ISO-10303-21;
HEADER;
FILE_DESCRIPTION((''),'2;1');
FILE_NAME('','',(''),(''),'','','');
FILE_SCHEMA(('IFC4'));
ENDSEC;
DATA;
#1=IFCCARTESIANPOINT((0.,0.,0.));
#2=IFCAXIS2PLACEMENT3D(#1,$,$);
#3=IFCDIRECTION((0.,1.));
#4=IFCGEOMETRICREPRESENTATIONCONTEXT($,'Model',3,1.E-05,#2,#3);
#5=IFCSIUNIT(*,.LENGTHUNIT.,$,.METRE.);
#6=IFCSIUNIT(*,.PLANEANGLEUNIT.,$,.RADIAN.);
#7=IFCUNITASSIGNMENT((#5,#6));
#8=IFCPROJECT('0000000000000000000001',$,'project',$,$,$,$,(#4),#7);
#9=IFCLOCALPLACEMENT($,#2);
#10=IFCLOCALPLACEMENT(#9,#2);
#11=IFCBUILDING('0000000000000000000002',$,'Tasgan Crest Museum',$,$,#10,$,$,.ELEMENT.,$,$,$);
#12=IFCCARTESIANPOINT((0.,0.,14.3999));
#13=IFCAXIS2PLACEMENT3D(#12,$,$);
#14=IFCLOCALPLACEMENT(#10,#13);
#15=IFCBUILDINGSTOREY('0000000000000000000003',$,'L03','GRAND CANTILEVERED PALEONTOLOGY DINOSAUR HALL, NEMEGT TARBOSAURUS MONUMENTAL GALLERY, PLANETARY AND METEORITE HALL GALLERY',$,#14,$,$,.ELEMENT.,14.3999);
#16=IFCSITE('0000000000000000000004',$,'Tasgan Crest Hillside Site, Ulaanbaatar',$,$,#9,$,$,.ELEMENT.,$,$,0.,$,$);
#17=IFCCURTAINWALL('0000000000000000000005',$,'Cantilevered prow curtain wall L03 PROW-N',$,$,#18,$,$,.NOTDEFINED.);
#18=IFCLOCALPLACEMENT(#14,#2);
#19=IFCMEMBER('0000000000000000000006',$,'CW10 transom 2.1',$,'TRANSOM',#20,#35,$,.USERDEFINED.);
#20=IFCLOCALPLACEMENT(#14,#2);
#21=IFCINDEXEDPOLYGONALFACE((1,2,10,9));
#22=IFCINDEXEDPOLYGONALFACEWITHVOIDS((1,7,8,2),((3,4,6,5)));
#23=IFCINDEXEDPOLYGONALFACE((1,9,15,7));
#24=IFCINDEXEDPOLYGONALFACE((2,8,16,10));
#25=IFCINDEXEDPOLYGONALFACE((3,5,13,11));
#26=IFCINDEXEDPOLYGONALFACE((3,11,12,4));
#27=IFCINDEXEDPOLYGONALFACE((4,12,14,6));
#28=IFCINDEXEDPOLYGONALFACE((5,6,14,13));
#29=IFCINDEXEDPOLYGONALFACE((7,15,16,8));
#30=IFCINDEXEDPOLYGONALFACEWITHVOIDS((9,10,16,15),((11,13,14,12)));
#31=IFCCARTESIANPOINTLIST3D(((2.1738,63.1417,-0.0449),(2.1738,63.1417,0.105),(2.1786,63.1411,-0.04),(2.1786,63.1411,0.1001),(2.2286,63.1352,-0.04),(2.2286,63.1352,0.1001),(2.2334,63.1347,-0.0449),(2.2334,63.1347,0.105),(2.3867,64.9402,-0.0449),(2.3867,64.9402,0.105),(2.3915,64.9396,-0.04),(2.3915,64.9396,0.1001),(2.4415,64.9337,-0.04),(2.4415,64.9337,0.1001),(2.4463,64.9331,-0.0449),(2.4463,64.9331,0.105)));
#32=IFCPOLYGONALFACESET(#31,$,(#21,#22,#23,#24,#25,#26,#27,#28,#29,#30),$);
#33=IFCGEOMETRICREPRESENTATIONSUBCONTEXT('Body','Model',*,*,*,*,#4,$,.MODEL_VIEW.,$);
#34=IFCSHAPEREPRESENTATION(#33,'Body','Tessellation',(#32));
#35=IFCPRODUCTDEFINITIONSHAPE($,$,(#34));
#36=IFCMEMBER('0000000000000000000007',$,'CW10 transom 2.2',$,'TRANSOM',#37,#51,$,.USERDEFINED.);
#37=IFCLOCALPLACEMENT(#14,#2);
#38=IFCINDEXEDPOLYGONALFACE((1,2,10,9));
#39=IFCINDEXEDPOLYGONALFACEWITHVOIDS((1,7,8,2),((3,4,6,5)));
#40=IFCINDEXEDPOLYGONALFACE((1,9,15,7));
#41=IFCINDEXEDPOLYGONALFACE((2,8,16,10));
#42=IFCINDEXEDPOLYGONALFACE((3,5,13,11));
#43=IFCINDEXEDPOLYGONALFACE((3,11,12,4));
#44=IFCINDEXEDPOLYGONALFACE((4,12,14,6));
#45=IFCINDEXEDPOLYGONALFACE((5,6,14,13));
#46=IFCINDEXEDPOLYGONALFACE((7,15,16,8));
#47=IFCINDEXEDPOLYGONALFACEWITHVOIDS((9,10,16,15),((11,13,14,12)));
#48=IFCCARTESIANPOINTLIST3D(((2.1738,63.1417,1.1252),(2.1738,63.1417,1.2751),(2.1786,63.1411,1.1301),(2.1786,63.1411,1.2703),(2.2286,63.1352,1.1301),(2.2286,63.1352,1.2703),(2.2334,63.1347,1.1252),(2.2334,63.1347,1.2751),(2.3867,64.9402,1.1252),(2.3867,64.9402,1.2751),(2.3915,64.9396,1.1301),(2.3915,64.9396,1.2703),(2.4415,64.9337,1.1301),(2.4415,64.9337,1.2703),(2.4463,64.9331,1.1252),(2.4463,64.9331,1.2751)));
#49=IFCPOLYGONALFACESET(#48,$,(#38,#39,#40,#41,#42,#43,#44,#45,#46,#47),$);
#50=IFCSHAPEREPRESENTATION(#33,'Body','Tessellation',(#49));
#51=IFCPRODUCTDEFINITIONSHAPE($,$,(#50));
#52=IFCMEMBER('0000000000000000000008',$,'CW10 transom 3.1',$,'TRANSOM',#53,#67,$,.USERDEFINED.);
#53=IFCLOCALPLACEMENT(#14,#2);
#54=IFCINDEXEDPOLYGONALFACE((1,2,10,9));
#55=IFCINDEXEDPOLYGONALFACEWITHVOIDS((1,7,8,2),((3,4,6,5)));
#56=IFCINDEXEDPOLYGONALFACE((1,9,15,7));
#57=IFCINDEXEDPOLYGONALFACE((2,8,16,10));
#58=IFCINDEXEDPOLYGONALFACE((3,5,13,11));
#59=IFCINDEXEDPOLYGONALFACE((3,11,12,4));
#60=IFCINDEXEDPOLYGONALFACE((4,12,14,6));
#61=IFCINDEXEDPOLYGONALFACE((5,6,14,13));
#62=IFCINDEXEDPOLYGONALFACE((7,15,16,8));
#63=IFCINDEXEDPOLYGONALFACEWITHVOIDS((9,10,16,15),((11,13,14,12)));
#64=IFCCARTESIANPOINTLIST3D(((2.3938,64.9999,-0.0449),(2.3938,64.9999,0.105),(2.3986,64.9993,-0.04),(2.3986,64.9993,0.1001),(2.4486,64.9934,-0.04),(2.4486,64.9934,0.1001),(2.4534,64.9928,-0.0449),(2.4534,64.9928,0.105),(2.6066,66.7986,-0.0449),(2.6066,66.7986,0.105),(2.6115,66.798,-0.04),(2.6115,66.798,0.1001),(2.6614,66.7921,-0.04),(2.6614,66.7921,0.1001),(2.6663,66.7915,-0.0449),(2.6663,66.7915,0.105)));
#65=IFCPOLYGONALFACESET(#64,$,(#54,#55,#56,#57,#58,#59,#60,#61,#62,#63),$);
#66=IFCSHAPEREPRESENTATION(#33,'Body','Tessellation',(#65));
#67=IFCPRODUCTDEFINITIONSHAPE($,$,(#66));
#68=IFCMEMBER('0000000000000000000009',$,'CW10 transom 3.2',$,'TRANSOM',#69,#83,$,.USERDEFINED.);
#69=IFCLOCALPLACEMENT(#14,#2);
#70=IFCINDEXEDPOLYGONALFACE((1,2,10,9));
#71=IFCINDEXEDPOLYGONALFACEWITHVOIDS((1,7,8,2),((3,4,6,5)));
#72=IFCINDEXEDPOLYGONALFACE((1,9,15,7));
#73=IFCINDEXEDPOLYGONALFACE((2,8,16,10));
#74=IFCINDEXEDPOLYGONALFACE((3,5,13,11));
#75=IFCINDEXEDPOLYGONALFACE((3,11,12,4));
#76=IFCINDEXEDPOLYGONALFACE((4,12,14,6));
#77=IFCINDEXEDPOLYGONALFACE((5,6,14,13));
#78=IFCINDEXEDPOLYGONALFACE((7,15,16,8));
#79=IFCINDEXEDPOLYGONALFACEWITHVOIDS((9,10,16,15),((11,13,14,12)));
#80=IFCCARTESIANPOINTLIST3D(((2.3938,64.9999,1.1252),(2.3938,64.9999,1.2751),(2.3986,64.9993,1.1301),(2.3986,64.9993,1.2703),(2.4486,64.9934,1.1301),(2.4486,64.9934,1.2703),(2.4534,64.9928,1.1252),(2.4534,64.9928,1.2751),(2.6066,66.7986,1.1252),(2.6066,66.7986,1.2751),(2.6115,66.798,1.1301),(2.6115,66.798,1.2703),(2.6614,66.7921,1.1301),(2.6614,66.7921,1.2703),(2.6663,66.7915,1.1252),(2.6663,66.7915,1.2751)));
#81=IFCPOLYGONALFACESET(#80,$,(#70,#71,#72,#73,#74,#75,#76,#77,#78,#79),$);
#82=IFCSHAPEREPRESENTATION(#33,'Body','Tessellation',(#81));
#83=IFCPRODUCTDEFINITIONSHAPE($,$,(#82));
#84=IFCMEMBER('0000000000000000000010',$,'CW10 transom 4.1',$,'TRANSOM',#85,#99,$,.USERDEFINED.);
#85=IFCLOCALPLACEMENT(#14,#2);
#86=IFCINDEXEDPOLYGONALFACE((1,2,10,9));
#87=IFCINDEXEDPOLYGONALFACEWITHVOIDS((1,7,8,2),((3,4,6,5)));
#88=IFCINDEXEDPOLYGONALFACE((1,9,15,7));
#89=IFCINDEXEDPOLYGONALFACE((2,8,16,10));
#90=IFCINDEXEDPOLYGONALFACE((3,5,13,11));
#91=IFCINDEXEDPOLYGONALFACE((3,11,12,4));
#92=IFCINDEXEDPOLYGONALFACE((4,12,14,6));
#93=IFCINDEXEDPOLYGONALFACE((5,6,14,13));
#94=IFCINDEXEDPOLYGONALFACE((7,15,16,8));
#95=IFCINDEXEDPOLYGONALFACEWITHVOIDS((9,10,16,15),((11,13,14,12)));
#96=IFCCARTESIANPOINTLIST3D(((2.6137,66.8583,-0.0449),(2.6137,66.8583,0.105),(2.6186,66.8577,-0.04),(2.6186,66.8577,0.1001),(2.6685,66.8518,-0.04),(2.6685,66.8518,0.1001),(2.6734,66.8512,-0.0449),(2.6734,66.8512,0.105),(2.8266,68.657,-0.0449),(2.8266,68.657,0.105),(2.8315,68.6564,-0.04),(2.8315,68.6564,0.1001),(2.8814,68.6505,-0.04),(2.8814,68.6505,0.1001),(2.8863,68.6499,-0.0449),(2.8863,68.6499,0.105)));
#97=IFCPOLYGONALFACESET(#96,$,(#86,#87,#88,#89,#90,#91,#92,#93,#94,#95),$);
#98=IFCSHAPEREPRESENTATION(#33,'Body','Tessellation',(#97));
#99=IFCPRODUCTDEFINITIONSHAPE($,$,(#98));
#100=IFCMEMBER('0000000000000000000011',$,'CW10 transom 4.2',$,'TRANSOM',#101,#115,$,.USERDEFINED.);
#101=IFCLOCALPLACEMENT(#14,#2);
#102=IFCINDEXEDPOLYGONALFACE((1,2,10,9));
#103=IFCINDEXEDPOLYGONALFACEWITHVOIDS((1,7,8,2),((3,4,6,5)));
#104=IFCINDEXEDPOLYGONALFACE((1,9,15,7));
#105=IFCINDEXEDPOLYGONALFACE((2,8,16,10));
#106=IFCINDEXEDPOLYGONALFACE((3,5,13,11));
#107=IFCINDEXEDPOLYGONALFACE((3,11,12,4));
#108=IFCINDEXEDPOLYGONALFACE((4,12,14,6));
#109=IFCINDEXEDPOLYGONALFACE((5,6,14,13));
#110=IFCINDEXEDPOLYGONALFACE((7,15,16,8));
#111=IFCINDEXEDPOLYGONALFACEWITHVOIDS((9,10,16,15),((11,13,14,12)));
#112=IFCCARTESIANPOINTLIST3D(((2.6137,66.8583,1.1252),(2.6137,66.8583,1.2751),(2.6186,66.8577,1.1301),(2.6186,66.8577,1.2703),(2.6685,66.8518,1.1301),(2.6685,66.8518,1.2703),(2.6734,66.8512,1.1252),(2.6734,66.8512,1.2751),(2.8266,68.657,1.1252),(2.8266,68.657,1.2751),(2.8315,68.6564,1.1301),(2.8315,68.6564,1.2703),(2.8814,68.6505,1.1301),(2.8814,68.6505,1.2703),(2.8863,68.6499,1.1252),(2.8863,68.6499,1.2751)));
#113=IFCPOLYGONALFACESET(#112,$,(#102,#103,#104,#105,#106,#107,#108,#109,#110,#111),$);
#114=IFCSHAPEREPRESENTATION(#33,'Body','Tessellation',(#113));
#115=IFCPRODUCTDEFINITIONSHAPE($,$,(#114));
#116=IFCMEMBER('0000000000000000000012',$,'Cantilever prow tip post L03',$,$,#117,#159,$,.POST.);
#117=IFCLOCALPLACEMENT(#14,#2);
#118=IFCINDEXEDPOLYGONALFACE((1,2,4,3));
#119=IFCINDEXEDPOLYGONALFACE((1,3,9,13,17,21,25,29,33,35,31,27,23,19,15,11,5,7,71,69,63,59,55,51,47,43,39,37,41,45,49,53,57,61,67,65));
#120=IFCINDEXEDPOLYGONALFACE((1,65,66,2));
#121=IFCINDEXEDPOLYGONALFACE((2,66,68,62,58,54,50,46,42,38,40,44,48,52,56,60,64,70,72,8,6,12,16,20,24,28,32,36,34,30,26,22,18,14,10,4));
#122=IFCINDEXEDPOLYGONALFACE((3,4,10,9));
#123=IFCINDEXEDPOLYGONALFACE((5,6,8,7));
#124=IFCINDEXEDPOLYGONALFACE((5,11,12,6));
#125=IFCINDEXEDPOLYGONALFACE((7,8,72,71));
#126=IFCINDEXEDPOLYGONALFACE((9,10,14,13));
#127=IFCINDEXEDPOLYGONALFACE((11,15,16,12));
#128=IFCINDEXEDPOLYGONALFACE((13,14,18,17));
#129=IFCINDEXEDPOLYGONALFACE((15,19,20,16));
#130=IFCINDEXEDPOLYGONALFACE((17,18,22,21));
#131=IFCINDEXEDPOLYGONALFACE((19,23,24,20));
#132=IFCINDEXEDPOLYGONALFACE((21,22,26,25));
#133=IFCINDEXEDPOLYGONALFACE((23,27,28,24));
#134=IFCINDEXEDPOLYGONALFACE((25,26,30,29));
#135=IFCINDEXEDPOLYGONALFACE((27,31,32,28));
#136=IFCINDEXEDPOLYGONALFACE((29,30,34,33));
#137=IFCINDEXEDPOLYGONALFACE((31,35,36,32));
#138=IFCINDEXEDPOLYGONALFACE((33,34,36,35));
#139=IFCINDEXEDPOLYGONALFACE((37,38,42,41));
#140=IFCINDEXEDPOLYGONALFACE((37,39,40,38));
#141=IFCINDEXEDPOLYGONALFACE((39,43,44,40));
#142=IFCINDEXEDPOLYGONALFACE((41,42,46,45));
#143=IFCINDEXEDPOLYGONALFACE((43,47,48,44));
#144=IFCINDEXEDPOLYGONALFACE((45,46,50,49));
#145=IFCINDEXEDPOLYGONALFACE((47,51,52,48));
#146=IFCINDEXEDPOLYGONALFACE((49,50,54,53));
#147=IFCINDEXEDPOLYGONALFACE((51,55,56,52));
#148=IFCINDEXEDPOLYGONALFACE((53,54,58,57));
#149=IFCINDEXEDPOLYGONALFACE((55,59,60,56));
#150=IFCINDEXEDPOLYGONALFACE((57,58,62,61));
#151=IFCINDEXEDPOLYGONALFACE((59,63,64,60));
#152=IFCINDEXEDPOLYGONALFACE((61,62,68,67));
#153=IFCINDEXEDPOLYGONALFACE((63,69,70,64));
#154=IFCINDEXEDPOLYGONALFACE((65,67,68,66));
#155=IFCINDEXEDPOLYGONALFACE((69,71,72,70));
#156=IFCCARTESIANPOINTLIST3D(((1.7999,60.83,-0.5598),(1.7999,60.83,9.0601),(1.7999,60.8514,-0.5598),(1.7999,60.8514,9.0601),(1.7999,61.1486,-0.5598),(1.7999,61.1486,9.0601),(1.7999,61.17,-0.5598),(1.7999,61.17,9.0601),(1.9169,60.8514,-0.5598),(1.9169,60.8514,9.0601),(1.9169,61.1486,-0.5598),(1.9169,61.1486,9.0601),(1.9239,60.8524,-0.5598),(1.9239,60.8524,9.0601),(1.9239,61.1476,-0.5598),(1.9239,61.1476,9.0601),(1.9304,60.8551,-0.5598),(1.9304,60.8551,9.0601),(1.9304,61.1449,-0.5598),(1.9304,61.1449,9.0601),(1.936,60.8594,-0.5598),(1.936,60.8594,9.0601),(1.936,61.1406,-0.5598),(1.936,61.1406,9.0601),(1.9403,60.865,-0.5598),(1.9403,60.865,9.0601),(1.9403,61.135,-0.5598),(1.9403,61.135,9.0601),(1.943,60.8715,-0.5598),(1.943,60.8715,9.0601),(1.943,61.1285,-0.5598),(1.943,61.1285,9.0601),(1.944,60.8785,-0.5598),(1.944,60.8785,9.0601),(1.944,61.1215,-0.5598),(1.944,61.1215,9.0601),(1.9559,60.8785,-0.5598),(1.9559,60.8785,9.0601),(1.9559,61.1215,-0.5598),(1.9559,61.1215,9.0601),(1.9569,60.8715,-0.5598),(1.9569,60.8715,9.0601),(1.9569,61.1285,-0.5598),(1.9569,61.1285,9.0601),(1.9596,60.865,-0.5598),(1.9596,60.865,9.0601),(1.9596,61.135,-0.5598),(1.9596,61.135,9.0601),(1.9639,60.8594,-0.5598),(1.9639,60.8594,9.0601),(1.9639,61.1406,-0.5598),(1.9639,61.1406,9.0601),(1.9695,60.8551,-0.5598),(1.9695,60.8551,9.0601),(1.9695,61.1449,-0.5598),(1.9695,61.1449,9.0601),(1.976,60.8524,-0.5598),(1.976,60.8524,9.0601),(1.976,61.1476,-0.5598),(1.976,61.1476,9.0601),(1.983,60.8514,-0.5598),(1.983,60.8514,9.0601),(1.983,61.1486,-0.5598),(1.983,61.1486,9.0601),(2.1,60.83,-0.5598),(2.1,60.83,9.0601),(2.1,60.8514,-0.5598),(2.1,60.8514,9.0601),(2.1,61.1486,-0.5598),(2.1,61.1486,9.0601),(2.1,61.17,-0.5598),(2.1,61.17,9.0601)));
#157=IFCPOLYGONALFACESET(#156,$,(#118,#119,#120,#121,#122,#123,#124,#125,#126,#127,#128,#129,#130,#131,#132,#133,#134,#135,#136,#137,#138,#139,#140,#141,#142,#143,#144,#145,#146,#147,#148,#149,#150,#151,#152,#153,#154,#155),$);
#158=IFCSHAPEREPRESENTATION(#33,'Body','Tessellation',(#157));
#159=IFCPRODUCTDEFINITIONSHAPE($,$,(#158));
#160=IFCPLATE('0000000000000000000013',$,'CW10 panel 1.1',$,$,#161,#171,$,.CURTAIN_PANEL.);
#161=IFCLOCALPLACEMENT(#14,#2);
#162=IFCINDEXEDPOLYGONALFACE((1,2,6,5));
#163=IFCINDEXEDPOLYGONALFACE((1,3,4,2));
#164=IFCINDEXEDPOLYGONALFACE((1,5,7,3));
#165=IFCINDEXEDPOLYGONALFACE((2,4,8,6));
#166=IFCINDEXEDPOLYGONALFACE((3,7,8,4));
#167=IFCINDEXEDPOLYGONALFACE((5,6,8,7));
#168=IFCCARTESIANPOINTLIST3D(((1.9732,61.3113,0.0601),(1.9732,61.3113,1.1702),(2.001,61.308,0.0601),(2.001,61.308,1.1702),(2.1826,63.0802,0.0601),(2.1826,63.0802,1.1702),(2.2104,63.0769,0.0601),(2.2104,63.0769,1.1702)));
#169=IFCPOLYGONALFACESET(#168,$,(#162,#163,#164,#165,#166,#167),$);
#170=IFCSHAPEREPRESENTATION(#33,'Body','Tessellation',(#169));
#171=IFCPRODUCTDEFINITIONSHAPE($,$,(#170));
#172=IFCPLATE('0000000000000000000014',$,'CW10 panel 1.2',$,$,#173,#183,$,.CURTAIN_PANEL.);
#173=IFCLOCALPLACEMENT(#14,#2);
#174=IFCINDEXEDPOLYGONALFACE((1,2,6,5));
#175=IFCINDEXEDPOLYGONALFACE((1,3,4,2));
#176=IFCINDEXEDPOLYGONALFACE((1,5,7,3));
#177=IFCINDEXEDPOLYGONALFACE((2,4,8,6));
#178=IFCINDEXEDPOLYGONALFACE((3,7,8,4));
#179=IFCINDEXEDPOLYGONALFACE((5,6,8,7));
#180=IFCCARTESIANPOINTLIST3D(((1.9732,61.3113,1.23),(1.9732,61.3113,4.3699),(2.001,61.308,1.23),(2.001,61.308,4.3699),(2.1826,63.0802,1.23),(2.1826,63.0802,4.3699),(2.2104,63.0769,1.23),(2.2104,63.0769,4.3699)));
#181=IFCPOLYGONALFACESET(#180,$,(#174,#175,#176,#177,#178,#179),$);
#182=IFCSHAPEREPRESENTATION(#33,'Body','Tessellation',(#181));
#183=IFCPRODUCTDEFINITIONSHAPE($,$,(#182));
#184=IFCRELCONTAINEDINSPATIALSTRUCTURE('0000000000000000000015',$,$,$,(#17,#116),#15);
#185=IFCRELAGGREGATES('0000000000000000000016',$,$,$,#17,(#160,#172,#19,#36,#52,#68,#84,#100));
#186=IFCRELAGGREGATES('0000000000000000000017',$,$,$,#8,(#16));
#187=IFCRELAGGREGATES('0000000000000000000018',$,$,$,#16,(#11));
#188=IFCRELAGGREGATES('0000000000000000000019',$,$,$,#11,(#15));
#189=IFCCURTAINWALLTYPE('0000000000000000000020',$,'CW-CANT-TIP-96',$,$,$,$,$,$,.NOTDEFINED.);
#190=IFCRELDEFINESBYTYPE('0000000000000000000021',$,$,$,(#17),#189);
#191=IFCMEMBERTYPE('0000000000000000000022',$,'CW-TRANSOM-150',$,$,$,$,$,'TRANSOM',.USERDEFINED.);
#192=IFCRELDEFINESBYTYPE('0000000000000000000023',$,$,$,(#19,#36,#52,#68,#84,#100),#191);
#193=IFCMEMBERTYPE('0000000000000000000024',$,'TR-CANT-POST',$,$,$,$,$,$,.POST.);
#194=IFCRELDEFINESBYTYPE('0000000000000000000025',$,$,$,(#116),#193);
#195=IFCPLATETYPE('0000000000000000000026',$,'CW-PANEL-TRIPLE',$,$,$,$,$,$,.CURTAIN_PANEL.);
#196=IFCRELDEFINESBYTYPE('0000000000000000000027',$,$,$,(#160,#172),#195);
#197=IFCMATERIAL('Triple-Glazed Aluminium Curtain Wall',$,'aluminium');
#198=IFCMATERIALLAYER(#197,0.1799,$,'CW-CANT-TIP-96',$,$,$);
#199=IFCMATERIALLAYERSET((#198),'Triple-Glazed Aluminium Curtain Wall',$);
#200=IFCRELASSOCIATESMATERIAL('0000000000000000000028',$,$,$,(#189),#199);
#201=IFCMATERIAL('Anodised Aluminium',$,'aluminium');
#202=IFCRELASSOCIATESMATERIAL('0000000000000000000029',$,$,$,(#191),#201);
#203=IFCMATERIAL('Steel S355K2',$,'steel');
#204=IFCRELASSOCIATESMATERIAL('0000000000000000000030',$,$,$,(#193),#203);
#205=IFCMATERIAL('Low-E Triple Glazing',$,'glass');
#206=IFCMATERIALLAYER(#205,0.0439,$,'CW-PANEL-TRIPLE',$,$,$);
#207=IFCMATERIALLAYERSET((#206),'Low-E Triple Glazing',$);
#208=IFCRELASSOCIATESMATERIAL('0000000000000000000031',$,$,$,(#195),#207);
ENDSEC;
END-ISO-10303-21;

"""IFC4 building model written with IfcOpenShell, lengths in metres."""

from ifc_helpers import new_model, si_unit, direction, frame, origin, origin_2d, place, context, subcontext, project, spatial, rectangle, hollow_rectangle, i_section, extrude, material, layer, layer_set, material_profile, profile_set, type_object, element, aggregate, save


model = new_model("IFC4")

# Units and contexts
model_context = context("Model", 3, precision=1e-05, world=origin(), true_north=direction((0.0, 1.0)))
body_context = subcontext(model_context, "Body", "Model", "MODEL_VIEW")
ifc_project = project(units=[si_unit("LENGTHUNIT", "METRE"), si_unit("PLANEANGLEUNIT", "RADIAN")], contexts=[model_context])

# Site, building, storey
site_placement = place(None, origin())
site = spatial("IfcSite", under=ifc_project, at=site_placement, Name="Tasgan Crest Hillside Site, Ulaanbaatar", CompositionType="ELEMENT", RefElevation=0.0)
building_placement = place(site_placement, origin())
building = spatial("IfcBuilding", under=site, at=building_placement, Name="Tasgan Crest Museum", CompositionType="ELEMENT")
storey_placement = place(building_placement, frame((0.0, 0.0, 14.3999)))
storey = spatial("IfcBuildingStorey", under=building, at=storey_placement, Name="L03", Description="GRAND CANTILEVERED PALEONTOLOGY DINOSAUR HALL, NEMEGT TARBOSAURUS MONUMENTAL GALLERY, PLANETARY AND METEORITE HALL GALLERY", CompositionType="ELEMENT", Elevation=14.3999)

# Shared definitions
ifc_material_1 = material(Name="Triple-Glazed Aluminium Curtain Wall", Category="aluminium")
ifc_layer_1 = layer(ifc_material_1, 0.1799, Name="CW-CANT-TIP-96")
ifc_layer_set_1 = layer_set([ifc_layer_1], Name="Triple-Glazed Aluminium Curtain Wall")
curtain_wall_type = type_object("IfcCurtainWallType", Name="CW-CANT-TIP-96", PredefinedType="NOTDEFINED", material=ifc_layer_set_1)

# Curtain wall, members
curtain_wall_1_placement = place(storey_placement, origin())
curtain_wall_1 = element("IfcCurtainWall", 1, at=curtain_wall_1_placement, inside=storey, type_object=curtain_wall_type, Name="Cantilevered prow curtain wall L03 PROW-N", PredefinedType="NOTDEFINED")
ifc_material_2 = material(Name="Anodised Aluminium", Category="aluminium")
ifc_material_profile_1 = material_profile(ifc_material_2, hollow_rectangle(XDim=0.0601, YDim=0.1499, WallThickness=0.0049, at=origin_2d()), Name="ALU TRANSOM 150x60x5")
ifc_profile_set_1 = profile_set([ifc_material_profile_1], Name="Anodised Aluminium")
member_type_1 = type_object("IfcMemberType", Name="CW-TRANSOM-150", ElementType="TRANSOM", PredefinedType="USERDEFINED", material=ifc_profile_set_1)
member_1_placement = place(storey_placement, frame((2.2036, 63.1382, 0.03), z_axis=(0.117545, 0.993068, 0.0), x_axis=(-0.993068, 0.117545, 0.0)))
member_1 = element("IfcMember", 2, at=member_1_placement, type_object=member_type_1, Name="CW10 transom 2.1", ObjectType="TRANSOM", PredefinedType="USERDEFINED", context=body_context, shape_type="SweptSolid", body=[
    extrude(hollow_rectangle(XDim=0.0601, YDim=0.1499, WallThickness=0.0049, at=origin_2d()), origin(), (0.0, 0.0, 1.0), 1.811),
])
member_2_placement = place(storey_placement, frame((2.2036, 63.1382, 1.2002), z_axis=(0.117545, 0.993068, 0.0), x_axis=(-0.993068, 0.117545, 0.0)))
member_2 = element("IfcMember", 3, at=member_2_placement, type_object=member_type_1, Name="CW10 transom 2.2", ObjectType="TRANSOM", PredefinedType="USERDEFINED", context=body_context, shape_type="SweptSolid", body=[
    extrude(hollow_rectangle(XDim=0.0601, YDim=0.1499, WallThickness=0.0049, at=origin_2d()), origin(), (0.0, 0.0, 1.0), 1.811),
])
member_3_placement = place(storey_placement, frame((2.4236, 64.9963, 0.03), z_axis=(0.117529, 0.993069, 0.0), x_axis=(-0.993069, 0.117529, 0.0)))
member_3 = element("IfcMember", 4, at=member_3_placement, type_object=member_type_1, Name="CW10 transom 3.1", ObjectType="TRANSOM", PredefinedType="USERDEFINED", context=body_context, shape_type="SweptSolid", body=[
    extrude(hollow_rectangle(XDim=0.0601, YDim=0.1499, WallThickness=0.0049, at=origin_2d()), origin(), (0.0, 0.0, 1.0), 1.8113),
])
member_4_placement = place(storey_placement, frame((2.4236, 64.9963, 1.2002), z_axis=(0.117529, 0.993069, 0.0), x_axis=(-0.993069, 0.117529, 0.0)))
member_4 = element("IfcMember", 5, at=member_4_placement, type_object=member_type_1, Name="CW10 transom 3.2", ObjectType="TRANSOM", PredefinedType="USERDEFINED", context=body_context, shape_type="SweptSolid", body=[
    extrude(hollow_rectangle(XDim=0.0601, YDim=0.1499, WallThickness=0.0049, at=origin_2d()), origin(), (0.0, 0.0, 1.0), 1.8113),
])
member_5_placement = place(storey_placement, frame((2.6436, 66.8547, 0.03), z_axis=(0.117529, 0.993069, 0.0), x_axis=(-0.993069, 0.117529, 0.0)))
member_5 = element("IfcMember", 6, at=member_5_placement, type_object=member_type_1, Name="CW10 transom 4.1", ObjectType="TRANSOM", PredefinedType="USERDEFINED", context=body_context, shape_type="SweptSolid", body=[
    extrude(hollow_rectangle(XDim=0.0601, YDim=0.1499, WallThickness=0.0049, at=origin_2d()), origin(), (0.0, 0.0, 1.0), 1.8113),
])
member_6_placement = place(storey_placement, frame((2.6436, 66.8547, 1.2002), z_axis=(0.117529, 0.993069, 0.0), x_axis=(-0.993069, 0.117529, 0.0)))
member_6 = element("IfcMember", 7, at=member_6_placement, type_object=member_type_1, Name="CW10 transom 4.2", ObjectType="TRANSOM", PredefinedType="USERDEFINED", context=body_context, shape_type="SweptSolid", body=[
    extrude(hollow_rectangle(XDim=0.0601, YDim=0.1499, WallThickness=0.0049, at=origin_2d()), origin(), (0.0, 0.0, 1.0), 1.8113),
])

# Member
ifc_material_3 = material(Name="Steel S355K2", Category="steel")
ifc_material_profile_2 = material_profile(ifc_material_3, i_section(OverallWidth=0.3, OverallDepth=0.3401, WebThickness=0.012, FlangeThickness=0.0215, FilletRadius=0.0271, at=origin_2d()), Name="HEB 340")
ifc_profile_set_2 = profile_set([ifc_material_profile_2], Name="Steel S355K2")
member_type_2 = type_object("IfcMemberType", Name="TR-CANT-POST", PredefinedType="POST", material=ifc_profile_set_2)
member_7_placement = place(storey_placement, frame((1.95, 61.0, -0.5598), z_axis=(0.0, 0.0, 1.0), x_axis=(1.0, 0.0, 0.0)))
element("IfcMember", 8, at=member_7_placement, inside=storey, type_object=member_type_2, Name="Cantilever prow tip post L03", PredefinedType="POST", context=body_context, shape_type="SweptSolid", body=[
    extrude(i_section(OverallWidth=0.3, OverallDepth=0.3401, WebThickness=0.012, FlangeThickness=0.0215, FilletRadius=0.0271, at=origin_2d()), origin(), (0.0, 0.0, 1.0), 9.6199),
])

# Plates
ifc_material_4 = material(Name="Low-E Triple Glazing", Category="glass")
ifc_layer_2 = layer(ifc_material_4, 0.0439, Name="CW-PANEL-TRIPLE")
ifc_layer_set_2 = layer_set([ifc_layer_2], Name="Low-E Triple Glazing")
plate_type = type_object("IfcPlateType", Name="CW-PANEL-TRIPLE", PredefinedType="CURTAIN_PANEL", material=ifc_layer_set_2)
plate_1_placement = place(storey_placement, frame((2.0918, 62.1941, 0.0601), z_axis=(0.0, 0.0, 1.0), x_axis=(0.117565, 0.993065, 0.0)))
plate_1 = element("IfcPlate", 9, at=plate_1_placement, type_object=plate_type, Name="CW10 panel 1.1", PredefinedType="CURTAIN_PANEL", context=body_context, shape_type="SweptSolid", body=[
    extrude(rectangle(XDim=1.7812, YDim=0.0281, at=origin_2d()), origin(), (0.0, 0.0, 1.0), 1.1101),
])
plate_2_placement = place(storey_placement, frame((2.0918, 62.1941, 1.23), z_axis=(0.0, 0.0, 1.0), x_axis=(0.117565, 0.993065, 0.0)))
plate_2 = element("IfcPlate", 10, at=plate_2_placement, type_object=plate_type, Name="CW10 panel 1.2", PredefinedType="CURTAIN_PANEL", context=body_context, shape_type="SweptSolid", body=[
    extrude(rectangle(XDim=1.7812, YDim=0.0281, at=origin_2d()), origin(), (0.0, 0.0, 1.0), 3.1399),
])
aggregate(curtain_wall_1, [plate_1, plate_2, member_1, member_2, member_3, member_4, member_5, member_6])

save(model, "model.ifc")
